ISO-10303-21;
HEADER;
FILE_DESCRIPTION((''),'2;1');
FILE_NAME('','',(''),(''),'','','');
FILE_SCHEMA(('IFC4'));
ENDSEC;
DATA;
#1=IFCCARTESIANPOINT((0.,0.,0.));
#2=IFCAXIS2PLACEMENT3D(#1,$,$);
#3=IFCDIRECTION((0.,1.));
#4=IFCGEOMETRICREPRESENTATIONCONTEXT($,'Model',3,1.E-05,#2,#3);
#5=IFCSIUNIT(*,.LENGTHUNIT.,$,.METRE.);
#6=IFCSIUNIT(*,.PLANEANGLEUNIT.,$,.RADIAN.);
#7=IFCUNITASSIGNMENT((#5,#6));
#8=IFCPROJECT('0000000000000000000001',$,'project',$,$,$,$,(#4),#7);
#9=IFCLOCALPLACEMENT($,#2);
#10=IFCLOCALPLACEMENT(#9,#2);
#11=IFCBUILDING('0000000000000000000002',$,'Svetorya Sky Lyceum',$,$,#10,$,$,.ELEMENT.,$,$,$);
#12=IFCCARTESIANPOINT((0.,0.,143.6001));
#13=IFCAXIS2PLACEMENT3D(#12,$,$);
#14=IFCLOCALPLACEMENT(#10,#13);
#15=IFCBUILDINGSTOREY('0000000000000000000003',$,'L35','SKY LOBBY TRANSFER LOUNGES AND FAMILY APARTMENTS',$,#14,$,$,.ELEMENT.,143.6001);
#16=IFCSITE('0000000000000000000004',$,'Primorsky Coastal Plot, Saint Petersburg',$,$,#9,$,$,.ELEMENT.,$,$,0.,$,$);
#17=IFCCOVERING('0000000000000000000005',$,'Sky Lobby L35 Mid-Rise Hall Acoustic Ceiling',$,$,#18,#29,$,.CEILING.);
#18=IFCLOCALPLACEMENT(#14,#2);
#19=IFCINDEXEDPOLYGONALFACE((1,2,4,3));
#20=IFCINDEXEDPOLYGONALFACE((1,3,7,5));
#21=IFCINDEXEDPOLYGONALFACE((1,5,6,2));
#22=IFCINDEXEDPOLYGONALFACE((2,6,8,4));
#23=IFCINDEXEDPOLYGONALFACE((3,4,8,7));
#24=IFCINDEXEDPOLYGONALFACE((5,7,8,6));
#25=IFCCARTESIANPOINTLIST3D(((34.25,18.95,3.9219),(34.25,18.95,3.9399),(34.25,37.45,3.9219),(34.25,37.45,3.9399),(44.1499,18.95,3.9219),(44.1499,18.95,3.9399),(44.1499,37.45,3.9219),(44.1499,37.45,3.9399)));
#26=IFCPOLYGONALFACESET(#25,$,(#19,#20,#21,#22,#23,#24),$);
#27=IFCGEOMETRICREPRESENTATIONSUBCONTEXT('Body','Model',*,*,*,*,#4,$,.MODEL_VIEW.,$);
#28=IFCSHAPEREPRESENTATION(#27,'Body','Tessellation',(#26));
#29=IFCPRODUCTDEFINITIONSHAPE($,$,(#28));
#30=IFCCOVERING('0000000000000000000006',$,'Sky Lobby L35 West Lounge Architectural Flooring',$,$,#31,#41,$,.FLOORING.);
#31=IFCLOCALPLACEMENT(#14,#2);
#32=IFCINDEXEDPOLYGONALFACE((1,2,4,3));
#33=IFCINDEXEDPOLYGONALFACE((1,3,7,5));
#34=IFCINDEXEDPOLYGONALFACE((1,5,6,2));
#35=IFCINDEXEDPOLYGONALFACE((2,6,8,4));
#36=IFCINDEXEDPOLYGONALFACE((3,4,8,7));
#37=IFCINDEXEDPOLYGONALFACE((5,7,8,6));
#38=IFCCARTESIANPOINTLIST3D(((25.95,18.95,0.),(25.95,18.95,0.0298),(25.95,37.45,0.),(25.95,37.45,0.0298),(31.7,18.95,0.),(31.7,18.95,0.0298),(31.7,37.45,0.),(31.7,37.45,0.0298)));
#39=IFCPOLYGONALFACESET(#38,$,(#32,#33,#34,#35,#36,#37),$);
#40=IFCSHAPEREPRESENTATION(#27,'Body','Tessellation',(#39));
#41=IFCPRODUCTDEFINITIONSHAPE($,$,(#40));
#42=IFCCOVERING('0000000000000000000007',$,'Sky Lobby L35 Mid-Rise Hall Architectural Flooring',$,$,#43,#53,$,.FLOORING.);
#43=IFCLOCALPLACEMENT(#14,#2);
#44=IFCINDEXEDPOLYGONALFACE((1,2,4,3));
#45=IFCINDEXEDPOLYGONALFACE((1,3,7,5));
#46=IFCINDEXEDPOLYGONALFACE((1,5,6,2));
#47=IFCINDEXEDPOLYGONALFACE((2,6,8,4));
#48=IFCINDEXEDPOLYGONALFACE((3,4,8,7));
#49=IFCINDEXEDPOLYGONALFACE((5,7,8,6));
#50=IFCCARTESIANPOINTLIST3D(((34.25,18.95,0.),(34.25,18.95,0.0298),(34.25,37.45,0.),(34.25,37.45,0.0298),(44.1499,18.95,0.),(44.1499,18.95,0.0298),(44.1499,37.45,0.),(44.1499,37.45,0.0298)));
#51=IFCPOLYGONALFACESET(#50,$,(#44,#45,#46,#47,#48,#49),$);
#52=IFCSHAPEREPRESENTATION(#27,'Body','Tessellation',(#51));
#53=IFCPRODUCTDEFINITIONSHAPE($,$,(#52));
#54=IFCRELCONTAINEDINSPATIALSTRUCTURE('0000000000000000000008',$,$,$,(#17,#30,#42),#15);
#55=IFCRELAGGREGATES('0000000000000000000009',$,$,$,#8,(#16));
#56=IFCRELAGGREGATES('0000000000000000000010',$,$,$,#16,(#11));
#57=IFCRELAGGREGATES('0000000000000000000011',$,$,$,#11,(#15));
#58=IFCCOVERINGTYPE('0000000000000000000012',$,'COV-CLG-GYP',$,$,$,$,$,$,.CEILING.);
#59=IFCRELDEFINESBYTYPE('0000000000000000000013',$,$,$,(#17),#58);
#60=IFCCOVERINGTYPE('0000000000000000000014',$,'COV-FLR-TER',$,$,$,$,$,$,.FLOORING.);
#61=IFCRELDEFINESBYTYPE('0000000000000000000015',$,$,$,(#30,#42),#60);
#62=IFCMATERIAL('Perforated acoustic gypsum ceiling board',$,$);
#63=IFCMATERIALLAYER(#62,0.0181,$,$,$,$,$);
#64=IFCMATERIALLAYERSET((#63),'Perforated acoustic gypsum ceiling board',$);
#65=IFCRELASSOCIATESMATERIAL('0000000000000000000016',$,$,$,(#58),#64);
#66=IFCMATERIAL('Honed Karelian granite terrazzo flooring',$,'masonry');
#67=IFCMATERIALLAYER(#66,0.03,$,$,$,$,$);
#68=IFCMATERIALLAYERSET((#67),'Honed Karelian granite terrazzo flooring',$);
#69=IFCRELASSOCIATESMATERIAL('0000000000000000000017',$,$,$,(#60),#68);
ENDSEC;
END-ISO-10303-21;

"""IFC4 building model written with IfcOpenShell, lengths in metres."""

from ifc_helpers import new_model, si_unit, direction, frame, origin, place, context, subcontext, project, spatial, polyline, outline, extrude, material, layer, layer_set, type_object, element, save


model = new_model("IFC4")

# Units and contexts
model_context = context("Model", 3, precision=1e-05, world=origin(), true_north=direction((0.0, 1.0)))
body_context = subcontext(model_context, "Body", "Model", "MODEL_VIEW")
ifc_project = project(units=[si_unit("LENGTHUNIT", "METRE"), si_unit("PLANEANGLEUNIT", "RADIAN")], contexts=[model_context])

# Site, building, storey
site_placement = place(None, origin())
site = spatial("IfcSite", under=ifc_project, at=site_placement, Name="Primorsky Coastal Plot, Saint Petersburg", CompositionType="ELEMENT", RefElevation=0.0)
building_placement = place(site_placement, origin())
building = spatial("IfcBuilding", under=site, at=building_placement, Name="Svetorya Sky Lyceum", CompositionType="ELEMENT")
storey_placement = place(building_placement, frame((0.0, 0.0, 143.6001)))
storey = spatial("IfcBuildingStorey", under=building, at=storey_placement, Name="L35", Description="SKY LOBBY TRANSFER LOUNGES AND FAMILY APARTMENTS", CompositionType="ELEMENT", Elevation=143.6001)

# Coverings
ifc_material_1 = material(Name="Perforated acoustic gypsum ceiling board")
ifc_layer_1 = layer(ifc_material_1, 0.0181)
ifc_layer_set_1 = layer_set([ifc_layer_1], Name="Perforated acoustic gypsum ceiling board")
covering_type_1 = type_object("IfcCoveringType", Name="COV-CLG-GYP", PredefinedType="CEILING", material=ifc_layer_set_1)
covering_1_placement = place(storey_placement, frame((0.0, 0.0, 3.9219)))
element("IfcCovering", 1, at=covering_1_placement, inside=storey, type_object=covering_type_1, Name="Sky Lobby L35 Mid-Rise Hall Acoustic Ceiling", PredefinedType="CEILING", context=body_context, shape_type="SweptSolid", body=[
    extrude(outline(polyline([(34.25, 18.95), (44.1499, 18.95), (44.1499, 37.45), (34.25, 37.45), (34.25, 18.95)])), origin(), (0.0, 0.0, 1.0), 0.0181),
])
ifc_material_2 = material(Name="Honed Karelian granite terrazzo flooring", Category="masonry")
ifc_layer_2 = layer(ifc_material_2, 0.03)
ifc_layer_set_2 = layer_set([ifc_layer_2], Name="Honed Karelian granite terrazzo flooring")
covering_type_2 = type_object("IfcCoveringType", Name="COV-FLR-TER", PredefinedType="FLOORING", material=ifc_layer_set_2)
covering_2_placement = place(storey_placement, origin())
element("IfcCovering", 2, at=covering_2_placement, inside=storey, type_object=covering_type_2, Name="Sky Lobby L35 West Lounge Architectural Flooring", PredefinedType="FLOORING", context=body_context, shape_type="SweptSolid", body=[
    extrude(outline(polyline([(25.95, 18.95), (31.7, 18.95), (31.7, 37.45), (25.95, 37.45), (25.95, 18.95)])), origin(), (0.0, 0.0, 1.0), 0.0298),
])
covering_3_placement = place(storey_placement, origin())
element("IfcCovering", 3, at=covering_3_placement, inside=storey, type_object=covering_type_2, Name="Sky Lobby L35 Mid-Rise Hall Architectural Flooring", PredefinedType="FLOORING", context=body_context, shape_type="SweptSolid", body=[
    extrude(outline(polyline([(34.25, 18.95), (44.1499, 18.95), (44.1499, 37.45), (34.25, 37.45), (34.25, 18.95)])), origin(), (0.0, 0.0, 1.0), 0.0298),
])

save(model, "model.ifc")
